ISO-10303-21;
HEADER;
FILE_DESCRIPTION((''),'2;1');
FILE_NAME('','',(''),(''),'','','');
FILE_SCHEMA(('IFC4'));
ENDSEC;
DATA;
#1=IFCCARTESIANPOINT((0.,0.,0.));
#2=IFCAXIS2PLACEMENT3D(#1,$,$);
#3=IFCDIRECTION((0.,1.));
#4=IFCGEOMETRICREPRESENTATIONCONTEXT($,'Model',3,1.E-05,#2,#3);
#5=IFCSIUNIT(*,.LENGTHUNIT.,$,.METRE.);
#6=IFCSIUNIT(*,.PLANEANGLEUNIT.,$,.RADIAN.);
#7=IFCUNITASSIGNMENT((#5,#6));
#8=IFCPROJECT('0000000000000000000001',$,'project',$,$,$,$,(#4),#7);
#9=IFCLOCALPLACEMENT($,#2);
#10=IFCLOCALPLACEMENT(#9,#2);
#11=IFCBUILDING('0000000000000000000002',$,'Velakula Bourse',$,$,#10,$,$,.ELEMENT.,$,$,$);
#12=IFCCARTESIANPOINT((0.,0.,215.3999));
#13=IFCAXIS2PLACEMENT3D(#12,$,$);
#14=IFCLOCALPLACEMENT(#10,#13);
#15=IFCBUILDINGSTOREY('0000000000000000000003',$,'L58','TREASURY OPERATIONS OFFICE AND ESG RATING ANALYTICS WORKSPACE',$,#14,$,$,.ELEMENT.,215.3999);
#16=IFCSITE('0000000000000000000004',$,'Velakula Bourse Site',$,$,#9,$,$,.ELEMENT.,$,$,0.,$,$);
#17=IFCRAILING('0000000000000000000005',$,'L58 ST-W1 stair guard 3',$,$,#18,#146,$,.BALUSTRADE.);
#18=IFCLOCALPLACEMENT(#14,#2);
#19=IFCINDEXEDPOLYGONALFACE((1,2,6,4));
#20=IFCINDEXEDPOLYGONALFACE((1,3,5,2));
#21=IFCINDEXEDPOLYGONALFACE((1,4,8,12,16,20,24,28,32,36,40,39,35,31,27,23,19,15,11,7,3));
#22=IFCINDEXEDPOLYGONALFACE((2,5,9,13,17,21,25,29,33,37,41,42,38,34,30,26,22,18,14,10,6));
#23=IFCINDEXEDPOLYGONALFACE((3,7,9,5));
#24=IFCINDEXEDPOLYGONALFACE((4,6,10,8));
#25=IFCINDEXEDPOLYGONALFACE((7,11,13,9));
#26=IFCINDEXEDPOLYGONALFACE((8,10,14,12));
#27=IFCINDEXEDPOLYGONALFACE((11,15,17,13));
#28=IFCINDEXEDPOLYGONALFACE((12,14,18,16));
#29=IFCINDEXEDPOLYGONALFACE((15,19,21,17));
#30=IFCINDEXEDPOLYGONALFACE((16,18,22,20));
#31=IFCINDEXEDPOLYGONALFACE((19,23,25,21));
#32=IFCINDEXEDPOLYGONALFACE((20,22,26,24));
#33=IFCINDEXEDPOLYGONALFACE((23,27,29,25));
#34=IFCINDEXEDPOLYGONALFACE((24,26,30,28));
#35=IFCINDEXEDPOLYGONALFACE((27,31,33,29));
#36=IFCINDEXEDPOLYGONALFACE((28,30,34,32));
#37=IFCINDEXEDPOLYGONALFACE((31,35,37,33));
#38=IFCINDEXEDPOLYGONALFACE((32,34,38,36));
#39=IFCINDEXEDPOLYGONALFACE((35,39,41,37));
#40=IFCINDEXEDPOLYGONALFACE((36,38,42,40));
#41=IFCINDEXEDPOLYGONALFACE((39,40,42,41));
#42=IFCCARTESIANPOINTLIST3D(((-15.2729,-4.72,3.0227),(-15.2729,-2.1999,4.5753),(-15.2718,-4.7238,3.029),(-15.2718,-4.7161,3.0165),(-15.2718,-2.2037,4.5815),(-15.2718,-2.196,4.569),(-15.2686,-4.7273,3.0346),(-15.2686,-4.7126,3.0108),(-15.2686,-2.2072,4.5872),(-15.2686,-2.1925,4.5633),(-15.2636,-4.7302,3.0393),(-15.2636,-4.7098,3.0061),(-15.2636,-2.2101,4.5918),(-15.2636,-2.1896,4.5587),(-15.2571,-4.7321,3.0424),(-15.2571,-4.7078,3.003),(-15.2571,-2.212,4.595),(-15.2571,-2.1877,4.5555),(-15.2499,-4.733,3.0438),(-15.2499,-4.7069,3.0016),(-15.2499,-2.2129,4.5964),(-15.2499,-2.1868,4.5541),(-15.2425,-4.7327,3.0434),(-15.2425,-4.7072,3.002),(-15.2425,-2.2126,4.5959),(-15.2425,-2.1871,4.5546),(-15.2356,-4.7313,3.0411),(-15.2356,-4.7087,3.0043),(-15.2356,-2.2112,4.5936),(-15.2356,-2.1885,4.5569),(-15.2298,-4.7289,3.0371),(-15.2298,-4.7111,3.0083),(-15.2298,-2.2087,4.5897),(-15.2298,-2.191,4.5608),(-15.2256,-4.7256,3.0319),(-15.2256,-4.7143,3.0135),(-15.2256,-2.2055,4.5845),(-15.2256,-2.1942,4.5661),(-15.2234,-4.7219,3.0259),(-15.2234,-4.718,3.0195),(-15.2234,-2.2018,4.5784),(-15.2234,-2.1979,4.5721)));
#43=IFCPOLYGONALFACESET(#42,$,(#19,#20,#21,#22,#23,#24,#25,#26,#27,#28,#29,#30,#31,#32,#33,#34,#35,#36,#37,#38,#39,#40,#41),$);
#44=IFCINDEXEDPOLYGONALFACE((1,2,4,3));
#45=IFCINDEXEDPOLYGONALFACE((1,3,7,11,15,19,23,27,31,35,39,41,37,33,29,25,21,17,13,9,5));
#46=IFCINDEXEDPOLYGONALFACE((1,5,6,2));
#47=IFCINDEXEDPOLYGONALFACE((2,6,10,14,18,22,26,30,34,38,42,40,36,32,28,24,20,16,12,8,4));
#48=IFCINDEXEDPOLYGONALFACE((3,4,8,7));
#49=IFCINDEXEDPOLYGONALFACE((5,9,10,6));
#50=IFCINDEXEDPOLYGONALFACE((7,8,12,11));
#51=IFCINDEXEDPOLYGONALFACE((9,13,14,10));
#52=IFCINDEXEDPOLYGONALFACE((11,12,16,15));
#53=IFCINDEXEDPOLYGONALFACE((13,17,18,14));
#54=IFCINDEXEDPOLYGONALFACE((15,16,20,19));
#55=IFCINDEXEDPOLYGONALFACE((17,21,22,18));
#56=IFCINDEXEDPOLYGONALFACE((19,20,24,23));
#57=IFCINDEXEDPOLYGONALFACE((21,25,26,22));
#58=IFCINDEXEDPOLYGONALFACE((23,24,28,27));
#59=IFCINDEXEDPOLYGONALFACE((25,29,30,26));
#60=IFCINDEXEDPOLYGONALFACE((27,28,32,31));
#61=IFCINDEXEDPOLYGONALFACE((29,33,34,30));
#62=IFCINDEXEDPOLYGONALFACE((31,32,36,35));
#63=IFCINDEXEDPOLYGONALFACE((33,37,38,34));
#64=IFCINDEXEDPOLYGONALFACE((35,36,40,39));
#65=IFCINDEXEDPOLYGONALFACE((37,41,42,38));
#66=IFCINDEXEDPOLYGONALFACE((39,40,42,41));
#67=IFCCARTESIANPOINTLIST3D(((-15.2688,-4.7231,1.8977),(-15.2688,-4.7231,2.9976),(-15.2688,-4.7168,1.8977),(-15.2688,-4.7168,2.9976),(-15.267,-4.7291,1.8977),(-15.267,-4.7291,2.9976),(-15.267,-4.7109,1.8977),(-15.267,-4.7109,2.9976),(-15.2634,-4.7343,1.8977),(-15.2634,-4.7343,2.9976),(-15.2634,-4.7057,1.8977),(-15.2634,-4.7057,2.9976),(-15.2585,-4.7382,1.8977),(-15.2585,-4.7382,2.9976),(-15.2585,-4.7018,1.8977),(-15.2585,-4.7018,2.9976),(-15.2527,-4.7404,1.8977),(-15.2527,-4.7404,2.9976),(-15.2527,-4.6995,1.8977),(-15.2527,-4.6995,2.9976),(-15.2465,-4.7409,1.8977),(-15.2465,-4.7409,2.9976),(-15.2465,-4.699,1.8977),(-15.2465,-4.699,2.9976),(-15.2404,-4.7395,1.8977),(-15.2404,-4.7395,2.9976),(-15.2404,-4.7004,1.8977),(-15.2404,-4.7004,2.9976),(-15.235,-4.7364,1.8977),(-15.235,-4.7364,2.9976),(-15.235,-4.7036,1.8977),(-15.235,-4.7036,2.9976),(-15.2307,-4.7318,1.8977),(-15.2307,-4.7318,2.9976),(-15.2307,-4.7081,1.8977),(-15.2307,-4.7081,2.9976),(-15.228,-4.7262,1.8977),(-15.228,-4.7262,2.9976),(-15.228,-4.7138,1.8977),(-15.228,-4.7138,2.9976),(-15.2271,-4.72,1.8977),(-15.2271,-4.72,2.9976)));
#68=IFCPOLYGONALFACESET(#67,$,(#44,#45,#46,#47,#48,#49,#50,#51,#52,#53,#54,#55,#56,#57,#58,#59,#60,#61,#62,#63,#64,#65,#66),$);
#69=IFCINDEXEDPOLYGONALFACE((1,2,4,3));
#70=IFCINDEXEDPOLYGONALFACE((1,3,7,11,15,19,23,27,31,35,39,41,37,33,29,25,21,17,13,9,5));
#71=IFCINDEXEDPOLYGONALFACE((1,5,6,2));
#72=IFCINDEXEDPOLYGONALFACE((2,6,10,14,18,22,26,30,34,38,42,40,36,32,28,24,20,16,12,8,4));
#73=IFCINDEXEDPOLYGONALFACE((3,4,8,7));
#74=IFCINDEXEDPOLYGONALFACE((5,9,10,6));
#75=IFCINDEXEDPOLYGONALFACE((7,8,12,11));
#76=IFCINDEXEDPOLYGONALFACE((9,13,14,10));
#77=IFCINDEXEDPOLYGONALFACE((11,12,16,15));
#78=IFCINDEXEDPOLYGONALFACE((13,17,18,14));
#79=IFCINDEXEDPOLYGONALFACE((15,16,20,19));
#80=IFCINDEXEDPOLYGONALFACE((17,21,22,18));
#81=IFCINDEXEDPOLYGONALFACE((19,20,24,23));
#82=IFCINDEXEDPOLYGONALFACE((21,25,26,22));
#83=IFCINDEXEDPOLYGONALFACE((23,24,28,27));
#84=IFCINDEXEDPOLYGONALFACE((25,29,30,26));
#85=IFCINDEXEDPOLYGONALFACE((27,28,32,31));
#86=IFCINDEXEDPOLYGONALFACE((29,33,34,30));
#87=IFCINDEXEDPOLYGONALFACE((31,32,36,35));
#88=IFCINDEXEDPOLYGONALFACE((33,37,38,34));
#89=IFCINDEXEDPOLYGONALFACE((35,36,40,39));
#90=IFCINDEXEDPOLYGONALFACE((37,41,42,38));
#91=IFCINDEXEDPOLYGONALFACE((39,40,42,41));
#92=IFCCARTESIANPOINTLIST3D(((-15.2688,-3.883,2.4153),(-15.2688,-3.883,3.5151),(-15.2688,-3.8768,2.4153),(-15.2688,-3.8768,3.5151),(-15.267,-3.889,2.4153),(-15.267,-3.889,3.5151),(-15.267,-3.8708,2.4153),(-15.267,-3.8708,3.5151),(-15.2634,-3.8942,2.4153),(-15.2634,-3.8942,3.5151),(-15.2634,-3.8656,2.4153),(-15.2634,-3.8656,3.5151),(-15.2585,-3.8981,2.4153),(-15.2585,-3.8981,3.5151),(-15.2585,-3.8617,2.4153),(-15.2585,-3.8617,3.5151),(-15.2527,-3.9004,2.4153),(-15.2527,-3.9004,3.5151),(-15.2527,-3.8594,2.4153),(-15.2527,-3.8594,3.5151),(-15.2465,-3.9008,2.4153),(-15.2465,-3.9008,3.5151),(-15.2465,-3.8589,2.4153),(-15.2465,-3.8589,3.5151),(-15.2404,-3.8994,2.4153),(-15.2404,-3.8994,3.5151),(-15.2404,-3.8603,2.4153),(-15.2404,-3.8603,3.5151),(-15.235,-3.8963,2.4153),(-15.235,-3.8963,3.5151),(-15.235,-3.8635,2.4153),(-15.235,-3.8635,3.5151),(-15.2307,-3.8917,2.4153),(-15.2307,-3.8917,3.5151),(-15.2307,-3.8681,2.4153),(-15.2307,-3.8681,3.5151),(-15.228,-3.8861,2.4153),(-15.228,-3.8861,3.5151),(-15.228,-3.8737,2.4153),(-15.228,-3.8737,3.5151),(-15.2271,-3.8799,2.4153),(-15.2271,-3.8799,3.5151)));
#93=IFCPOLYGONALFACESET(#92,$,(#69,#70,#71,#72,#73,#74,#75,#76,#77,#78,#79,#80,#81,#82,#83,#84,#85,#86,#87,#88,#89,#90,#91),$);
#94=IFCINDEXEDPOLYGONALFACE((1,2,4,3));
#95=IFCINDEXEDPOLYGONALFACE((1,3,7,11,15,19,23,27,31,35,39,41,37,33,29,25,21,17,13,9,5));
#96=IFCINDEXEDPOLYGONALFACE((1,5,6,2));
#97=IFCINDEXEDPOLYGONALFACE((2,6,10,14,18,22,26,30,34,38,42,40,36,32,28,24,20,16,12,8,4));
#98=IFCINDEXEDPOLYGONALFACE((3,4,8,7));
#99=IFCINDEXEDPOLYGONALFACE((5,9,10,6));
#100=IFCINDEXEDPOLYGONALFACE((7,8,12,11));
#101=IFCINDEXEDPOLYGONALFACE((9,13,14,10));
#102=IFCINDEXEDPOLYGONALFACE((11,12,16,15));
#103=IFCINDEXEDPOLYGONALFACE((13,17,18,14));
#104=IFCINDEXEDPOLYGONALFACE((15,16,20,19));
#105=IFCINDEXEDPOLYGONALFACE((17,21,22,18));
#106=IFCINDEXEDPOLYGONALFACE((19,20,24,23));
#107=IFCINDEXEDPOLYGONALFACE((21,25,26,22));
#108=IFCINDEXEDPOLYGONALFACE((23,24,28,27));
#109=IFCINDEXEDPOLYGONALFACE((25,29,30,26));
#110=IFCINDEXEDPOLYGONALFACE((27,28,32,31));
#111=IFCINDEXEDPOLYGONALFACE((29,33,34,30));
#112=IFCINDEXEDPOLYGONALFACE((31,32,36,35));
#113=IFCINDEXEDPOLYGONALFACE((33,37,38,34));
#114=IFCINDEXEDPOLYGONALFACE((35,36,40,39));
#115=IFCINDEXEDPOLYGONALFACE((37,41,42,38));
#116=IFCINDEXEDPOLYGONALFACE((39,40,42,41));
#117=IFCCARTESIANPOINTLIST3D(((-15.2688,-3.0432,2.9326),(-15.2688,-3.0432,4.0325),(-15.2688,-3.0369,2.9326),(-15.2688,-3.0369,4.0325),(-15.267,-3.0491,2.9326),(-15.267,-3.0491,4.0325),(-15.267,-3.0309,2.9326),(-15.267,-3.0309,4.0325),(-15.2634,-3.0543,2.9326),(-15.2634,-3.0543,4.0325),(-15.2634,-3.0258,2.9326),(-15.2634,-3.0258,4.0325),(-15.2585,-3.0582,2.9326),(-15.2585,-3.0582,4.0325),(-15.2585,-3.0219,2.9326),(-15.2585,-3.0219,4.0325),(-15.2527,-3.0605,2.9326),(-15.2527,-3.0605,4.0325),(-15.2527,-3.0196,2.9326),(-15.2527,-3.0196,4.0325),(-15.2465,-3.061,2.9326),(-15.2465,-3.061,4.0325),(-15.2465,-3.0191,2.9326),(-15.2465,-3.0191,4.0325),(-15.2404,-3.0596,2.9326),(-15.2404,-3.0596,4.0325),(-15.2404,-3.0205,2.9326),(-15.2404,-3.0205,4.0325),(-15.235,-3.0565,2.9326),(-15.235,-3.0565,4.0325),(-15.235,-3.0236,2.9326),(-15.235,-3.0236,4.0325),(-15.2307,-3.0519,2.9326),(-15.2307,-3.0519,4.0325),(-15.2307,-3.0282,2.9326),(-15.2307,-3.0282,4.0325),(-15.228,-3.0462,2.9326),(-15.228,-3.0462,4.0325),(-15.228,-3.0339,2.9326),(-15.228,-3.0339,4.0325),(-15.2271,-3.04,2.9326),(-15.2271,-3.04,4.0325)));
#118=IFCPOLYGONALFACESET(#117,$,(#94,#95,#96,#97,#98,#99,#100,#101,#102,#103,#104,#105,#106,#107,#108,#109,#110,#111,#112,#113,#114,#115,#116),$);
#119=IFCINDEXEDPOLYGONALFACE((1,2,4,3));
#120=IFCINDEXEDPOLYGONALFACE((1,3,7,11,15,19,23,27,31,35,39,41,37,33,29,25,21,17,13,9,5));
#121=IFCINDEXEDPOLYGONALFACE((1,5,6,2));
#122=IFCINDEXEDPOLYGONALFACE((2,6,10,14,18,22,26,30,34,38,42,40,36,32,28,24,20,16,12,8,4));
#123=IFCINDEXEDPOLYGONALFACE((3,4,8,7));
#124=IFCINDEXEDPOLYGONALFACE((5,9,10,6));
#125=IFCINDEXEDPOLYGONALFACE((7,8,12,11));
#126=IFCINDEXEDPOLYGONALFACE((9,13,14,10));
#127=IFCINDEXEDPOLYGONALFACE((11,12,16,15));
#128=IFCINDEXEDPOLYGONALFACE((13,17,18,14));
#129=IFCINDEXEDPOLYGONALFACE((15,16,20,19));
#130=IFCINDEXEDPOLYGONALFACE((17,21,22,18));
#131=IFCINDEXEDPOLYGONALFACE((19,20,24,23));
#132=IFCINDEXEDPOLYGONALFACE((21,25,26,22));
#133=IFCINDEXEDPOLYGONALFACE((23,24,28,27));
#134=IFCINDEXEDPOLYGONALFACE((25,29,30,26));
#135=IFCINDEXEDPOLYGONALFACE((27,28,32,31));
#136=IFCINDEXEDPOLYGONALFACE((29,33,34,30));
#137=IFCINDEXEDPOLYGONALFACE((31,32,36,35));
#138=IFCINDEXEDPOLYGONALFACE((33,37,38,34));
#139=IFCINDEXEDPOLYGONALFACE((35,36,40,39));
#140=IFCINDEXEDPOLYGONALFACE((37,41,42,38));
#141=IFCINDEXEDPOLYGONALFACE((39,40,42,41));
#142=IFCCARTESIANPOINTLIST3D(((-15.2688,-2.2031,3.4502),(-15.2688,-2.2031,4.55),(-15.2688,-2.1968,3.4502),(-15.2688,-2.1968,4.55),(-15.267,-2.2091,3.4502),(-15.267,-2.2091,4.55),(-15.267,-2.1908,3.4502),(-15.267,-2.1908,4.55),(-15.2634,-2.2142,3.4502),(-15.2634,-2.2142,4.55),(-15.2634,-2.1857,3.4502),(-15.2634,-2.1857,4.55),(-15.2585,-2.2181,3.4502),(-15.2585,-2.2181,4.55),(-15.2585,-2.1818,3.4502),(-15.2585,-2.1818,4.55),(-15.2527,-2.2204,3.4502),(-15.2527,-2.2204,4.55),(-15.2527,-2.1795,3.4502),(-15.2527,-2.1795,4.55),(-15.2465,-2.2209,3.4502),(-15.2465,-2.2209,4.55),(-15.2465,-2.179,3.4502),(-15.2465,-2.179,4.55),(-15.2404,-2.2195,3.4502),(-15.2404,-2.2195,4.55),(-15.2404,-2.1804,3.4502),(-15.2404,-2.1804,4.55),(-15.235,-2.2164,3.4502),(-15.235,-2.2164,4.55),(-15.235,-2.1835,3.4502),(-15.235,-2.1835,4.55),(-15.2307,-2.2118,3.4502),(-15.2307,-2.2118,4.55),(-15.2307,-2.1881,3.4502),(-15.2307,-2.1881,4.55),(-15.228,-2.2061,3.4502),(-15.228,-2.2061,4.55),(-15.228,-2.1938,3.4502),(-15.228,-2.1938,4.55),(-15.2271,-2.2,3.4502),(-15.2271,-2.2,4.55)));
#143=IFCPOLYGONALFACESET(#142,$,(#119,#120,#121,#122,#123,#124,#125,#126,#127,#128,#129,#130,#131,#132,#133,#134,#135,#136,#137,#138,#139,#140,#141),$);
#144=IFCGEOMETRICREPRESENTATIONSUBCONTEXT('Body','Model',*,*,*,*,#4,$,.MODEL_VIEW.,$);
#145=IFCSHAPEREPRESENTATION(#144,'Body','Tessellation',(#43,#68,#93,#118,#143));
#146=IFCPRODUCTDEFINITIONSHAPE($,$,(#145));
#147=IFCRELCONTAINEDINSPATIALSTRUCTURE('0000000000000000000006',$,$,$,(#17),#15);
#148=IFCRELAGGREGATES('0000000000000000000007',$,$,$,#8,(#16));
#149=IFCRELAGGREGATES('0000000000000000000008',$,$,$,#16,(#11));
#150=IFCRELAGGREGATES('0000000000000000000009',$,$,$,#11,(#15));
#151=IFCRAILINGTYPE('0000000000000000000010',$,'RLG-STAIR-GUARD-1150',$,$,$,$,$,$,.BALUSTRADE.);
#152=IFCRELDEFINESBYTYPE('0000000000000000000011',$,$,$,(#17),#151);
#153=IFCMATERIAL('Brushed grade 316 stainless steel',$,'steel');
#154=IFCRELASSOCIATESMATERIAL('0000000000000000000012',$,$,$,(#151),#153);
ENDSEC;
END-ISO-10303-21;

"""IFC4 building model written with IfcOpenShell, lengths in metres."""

from ifc_helpers import new_model, si_unit, direction, frame, origin, origin_2d, place, context, subcontext, project, spatial, circle, extrude, material, type_object, element, save


model = new_model("IFC4")

# Units and contexts
model_context = context("Model", 3, precision=1e-05, world=origin(), true_north=direction((0.0, 1.0)))
body_context = subcontext(model_context, "Body", "Model", "MODEL_VIEW")
ifc_project = project(units=[si_unit("LENGTHUNIT", "METRE"), si_unit("PLANEANGLEUNIT", "RADIAN")], contexts=[model_context])

# Site, building, storey
site_placement = place(None, origin())
site = spatial("IfcSite", under=ifc_project, at=site_placement, Name="Velakula Bourse Site", CompositionType="ELEMENT", RefElevation=0.0)
building_placement = place(site_placement, origin())
building = spatial("IfcBuilding", under=site, at=building_placement, Name="Velakula Bourse", CompositionType="ELEMENT")
storey_placement = place(building_placement, frame((0.0, 0.0, 215.3999)))
storey = spatial("IfcBuildingStorey", under=building, at=storey_placement, Name="L58", Description="TREASURY OPERATIONS OFFICE AND ESG RATING ANALYTICS WORKSPACE", CompositionType="ELEMENT", Elevation=215.3999)

# Shared definitions
ifc_material_1 = material(Name="Brushed grade 316 stainless steel", Category="steel")

# Railing
railing_type_1 = type_object("IfcRailingType", Name="RLG-STAIR-GUARD-1150", PredefinedType="BALUSTRADE", material=ifc_material_1)
railing_1_placement = place(storey_placement, frame((-15.248, -4.72, 1.8977)))
element("IfcRailing", 1, at=railing_1_placement, inside=storey, type_object=railing_type_1, Name="L58 ST-W1 stair guard 3", PredefinedType="BALUSTRADE", context=body_context, shape_type="SweptSolid", body=[
    extrude(circle(Radius=0.0249, at=origin_2d()), frame((0.0, 0.0, 1.125), z_axis=(0.0, 0.8514, 0.524516), x_axis=(-1.0, 0.0, 0.0)), (0.0, 0.0, 1.0), 2.96),
    extrude(circle(Radius=0.021, at=origin_2d()), origin(), (0.0, 0.0, 1.0), 1.0999),
    extrude(circle(Radius=0.021, at=origin_2d()), frame((0.0, 0.8401, 0.5176)), (0.0, 0.0, 1.0), 1.0999),
    extrude(circle(Radius=0.021, at=origin_2d()), frame((0.0, 1.6799, 1.0349)), (0.0, 0.0, 1.0), 1.0999),
    extrude(circle(Radius=0.021, at=origin_2d()), frame((0.0, 2.52, 1.5525)), (0.0, 0.0, 1.0), 1.0999),
])

save(model, "model.ifc")
